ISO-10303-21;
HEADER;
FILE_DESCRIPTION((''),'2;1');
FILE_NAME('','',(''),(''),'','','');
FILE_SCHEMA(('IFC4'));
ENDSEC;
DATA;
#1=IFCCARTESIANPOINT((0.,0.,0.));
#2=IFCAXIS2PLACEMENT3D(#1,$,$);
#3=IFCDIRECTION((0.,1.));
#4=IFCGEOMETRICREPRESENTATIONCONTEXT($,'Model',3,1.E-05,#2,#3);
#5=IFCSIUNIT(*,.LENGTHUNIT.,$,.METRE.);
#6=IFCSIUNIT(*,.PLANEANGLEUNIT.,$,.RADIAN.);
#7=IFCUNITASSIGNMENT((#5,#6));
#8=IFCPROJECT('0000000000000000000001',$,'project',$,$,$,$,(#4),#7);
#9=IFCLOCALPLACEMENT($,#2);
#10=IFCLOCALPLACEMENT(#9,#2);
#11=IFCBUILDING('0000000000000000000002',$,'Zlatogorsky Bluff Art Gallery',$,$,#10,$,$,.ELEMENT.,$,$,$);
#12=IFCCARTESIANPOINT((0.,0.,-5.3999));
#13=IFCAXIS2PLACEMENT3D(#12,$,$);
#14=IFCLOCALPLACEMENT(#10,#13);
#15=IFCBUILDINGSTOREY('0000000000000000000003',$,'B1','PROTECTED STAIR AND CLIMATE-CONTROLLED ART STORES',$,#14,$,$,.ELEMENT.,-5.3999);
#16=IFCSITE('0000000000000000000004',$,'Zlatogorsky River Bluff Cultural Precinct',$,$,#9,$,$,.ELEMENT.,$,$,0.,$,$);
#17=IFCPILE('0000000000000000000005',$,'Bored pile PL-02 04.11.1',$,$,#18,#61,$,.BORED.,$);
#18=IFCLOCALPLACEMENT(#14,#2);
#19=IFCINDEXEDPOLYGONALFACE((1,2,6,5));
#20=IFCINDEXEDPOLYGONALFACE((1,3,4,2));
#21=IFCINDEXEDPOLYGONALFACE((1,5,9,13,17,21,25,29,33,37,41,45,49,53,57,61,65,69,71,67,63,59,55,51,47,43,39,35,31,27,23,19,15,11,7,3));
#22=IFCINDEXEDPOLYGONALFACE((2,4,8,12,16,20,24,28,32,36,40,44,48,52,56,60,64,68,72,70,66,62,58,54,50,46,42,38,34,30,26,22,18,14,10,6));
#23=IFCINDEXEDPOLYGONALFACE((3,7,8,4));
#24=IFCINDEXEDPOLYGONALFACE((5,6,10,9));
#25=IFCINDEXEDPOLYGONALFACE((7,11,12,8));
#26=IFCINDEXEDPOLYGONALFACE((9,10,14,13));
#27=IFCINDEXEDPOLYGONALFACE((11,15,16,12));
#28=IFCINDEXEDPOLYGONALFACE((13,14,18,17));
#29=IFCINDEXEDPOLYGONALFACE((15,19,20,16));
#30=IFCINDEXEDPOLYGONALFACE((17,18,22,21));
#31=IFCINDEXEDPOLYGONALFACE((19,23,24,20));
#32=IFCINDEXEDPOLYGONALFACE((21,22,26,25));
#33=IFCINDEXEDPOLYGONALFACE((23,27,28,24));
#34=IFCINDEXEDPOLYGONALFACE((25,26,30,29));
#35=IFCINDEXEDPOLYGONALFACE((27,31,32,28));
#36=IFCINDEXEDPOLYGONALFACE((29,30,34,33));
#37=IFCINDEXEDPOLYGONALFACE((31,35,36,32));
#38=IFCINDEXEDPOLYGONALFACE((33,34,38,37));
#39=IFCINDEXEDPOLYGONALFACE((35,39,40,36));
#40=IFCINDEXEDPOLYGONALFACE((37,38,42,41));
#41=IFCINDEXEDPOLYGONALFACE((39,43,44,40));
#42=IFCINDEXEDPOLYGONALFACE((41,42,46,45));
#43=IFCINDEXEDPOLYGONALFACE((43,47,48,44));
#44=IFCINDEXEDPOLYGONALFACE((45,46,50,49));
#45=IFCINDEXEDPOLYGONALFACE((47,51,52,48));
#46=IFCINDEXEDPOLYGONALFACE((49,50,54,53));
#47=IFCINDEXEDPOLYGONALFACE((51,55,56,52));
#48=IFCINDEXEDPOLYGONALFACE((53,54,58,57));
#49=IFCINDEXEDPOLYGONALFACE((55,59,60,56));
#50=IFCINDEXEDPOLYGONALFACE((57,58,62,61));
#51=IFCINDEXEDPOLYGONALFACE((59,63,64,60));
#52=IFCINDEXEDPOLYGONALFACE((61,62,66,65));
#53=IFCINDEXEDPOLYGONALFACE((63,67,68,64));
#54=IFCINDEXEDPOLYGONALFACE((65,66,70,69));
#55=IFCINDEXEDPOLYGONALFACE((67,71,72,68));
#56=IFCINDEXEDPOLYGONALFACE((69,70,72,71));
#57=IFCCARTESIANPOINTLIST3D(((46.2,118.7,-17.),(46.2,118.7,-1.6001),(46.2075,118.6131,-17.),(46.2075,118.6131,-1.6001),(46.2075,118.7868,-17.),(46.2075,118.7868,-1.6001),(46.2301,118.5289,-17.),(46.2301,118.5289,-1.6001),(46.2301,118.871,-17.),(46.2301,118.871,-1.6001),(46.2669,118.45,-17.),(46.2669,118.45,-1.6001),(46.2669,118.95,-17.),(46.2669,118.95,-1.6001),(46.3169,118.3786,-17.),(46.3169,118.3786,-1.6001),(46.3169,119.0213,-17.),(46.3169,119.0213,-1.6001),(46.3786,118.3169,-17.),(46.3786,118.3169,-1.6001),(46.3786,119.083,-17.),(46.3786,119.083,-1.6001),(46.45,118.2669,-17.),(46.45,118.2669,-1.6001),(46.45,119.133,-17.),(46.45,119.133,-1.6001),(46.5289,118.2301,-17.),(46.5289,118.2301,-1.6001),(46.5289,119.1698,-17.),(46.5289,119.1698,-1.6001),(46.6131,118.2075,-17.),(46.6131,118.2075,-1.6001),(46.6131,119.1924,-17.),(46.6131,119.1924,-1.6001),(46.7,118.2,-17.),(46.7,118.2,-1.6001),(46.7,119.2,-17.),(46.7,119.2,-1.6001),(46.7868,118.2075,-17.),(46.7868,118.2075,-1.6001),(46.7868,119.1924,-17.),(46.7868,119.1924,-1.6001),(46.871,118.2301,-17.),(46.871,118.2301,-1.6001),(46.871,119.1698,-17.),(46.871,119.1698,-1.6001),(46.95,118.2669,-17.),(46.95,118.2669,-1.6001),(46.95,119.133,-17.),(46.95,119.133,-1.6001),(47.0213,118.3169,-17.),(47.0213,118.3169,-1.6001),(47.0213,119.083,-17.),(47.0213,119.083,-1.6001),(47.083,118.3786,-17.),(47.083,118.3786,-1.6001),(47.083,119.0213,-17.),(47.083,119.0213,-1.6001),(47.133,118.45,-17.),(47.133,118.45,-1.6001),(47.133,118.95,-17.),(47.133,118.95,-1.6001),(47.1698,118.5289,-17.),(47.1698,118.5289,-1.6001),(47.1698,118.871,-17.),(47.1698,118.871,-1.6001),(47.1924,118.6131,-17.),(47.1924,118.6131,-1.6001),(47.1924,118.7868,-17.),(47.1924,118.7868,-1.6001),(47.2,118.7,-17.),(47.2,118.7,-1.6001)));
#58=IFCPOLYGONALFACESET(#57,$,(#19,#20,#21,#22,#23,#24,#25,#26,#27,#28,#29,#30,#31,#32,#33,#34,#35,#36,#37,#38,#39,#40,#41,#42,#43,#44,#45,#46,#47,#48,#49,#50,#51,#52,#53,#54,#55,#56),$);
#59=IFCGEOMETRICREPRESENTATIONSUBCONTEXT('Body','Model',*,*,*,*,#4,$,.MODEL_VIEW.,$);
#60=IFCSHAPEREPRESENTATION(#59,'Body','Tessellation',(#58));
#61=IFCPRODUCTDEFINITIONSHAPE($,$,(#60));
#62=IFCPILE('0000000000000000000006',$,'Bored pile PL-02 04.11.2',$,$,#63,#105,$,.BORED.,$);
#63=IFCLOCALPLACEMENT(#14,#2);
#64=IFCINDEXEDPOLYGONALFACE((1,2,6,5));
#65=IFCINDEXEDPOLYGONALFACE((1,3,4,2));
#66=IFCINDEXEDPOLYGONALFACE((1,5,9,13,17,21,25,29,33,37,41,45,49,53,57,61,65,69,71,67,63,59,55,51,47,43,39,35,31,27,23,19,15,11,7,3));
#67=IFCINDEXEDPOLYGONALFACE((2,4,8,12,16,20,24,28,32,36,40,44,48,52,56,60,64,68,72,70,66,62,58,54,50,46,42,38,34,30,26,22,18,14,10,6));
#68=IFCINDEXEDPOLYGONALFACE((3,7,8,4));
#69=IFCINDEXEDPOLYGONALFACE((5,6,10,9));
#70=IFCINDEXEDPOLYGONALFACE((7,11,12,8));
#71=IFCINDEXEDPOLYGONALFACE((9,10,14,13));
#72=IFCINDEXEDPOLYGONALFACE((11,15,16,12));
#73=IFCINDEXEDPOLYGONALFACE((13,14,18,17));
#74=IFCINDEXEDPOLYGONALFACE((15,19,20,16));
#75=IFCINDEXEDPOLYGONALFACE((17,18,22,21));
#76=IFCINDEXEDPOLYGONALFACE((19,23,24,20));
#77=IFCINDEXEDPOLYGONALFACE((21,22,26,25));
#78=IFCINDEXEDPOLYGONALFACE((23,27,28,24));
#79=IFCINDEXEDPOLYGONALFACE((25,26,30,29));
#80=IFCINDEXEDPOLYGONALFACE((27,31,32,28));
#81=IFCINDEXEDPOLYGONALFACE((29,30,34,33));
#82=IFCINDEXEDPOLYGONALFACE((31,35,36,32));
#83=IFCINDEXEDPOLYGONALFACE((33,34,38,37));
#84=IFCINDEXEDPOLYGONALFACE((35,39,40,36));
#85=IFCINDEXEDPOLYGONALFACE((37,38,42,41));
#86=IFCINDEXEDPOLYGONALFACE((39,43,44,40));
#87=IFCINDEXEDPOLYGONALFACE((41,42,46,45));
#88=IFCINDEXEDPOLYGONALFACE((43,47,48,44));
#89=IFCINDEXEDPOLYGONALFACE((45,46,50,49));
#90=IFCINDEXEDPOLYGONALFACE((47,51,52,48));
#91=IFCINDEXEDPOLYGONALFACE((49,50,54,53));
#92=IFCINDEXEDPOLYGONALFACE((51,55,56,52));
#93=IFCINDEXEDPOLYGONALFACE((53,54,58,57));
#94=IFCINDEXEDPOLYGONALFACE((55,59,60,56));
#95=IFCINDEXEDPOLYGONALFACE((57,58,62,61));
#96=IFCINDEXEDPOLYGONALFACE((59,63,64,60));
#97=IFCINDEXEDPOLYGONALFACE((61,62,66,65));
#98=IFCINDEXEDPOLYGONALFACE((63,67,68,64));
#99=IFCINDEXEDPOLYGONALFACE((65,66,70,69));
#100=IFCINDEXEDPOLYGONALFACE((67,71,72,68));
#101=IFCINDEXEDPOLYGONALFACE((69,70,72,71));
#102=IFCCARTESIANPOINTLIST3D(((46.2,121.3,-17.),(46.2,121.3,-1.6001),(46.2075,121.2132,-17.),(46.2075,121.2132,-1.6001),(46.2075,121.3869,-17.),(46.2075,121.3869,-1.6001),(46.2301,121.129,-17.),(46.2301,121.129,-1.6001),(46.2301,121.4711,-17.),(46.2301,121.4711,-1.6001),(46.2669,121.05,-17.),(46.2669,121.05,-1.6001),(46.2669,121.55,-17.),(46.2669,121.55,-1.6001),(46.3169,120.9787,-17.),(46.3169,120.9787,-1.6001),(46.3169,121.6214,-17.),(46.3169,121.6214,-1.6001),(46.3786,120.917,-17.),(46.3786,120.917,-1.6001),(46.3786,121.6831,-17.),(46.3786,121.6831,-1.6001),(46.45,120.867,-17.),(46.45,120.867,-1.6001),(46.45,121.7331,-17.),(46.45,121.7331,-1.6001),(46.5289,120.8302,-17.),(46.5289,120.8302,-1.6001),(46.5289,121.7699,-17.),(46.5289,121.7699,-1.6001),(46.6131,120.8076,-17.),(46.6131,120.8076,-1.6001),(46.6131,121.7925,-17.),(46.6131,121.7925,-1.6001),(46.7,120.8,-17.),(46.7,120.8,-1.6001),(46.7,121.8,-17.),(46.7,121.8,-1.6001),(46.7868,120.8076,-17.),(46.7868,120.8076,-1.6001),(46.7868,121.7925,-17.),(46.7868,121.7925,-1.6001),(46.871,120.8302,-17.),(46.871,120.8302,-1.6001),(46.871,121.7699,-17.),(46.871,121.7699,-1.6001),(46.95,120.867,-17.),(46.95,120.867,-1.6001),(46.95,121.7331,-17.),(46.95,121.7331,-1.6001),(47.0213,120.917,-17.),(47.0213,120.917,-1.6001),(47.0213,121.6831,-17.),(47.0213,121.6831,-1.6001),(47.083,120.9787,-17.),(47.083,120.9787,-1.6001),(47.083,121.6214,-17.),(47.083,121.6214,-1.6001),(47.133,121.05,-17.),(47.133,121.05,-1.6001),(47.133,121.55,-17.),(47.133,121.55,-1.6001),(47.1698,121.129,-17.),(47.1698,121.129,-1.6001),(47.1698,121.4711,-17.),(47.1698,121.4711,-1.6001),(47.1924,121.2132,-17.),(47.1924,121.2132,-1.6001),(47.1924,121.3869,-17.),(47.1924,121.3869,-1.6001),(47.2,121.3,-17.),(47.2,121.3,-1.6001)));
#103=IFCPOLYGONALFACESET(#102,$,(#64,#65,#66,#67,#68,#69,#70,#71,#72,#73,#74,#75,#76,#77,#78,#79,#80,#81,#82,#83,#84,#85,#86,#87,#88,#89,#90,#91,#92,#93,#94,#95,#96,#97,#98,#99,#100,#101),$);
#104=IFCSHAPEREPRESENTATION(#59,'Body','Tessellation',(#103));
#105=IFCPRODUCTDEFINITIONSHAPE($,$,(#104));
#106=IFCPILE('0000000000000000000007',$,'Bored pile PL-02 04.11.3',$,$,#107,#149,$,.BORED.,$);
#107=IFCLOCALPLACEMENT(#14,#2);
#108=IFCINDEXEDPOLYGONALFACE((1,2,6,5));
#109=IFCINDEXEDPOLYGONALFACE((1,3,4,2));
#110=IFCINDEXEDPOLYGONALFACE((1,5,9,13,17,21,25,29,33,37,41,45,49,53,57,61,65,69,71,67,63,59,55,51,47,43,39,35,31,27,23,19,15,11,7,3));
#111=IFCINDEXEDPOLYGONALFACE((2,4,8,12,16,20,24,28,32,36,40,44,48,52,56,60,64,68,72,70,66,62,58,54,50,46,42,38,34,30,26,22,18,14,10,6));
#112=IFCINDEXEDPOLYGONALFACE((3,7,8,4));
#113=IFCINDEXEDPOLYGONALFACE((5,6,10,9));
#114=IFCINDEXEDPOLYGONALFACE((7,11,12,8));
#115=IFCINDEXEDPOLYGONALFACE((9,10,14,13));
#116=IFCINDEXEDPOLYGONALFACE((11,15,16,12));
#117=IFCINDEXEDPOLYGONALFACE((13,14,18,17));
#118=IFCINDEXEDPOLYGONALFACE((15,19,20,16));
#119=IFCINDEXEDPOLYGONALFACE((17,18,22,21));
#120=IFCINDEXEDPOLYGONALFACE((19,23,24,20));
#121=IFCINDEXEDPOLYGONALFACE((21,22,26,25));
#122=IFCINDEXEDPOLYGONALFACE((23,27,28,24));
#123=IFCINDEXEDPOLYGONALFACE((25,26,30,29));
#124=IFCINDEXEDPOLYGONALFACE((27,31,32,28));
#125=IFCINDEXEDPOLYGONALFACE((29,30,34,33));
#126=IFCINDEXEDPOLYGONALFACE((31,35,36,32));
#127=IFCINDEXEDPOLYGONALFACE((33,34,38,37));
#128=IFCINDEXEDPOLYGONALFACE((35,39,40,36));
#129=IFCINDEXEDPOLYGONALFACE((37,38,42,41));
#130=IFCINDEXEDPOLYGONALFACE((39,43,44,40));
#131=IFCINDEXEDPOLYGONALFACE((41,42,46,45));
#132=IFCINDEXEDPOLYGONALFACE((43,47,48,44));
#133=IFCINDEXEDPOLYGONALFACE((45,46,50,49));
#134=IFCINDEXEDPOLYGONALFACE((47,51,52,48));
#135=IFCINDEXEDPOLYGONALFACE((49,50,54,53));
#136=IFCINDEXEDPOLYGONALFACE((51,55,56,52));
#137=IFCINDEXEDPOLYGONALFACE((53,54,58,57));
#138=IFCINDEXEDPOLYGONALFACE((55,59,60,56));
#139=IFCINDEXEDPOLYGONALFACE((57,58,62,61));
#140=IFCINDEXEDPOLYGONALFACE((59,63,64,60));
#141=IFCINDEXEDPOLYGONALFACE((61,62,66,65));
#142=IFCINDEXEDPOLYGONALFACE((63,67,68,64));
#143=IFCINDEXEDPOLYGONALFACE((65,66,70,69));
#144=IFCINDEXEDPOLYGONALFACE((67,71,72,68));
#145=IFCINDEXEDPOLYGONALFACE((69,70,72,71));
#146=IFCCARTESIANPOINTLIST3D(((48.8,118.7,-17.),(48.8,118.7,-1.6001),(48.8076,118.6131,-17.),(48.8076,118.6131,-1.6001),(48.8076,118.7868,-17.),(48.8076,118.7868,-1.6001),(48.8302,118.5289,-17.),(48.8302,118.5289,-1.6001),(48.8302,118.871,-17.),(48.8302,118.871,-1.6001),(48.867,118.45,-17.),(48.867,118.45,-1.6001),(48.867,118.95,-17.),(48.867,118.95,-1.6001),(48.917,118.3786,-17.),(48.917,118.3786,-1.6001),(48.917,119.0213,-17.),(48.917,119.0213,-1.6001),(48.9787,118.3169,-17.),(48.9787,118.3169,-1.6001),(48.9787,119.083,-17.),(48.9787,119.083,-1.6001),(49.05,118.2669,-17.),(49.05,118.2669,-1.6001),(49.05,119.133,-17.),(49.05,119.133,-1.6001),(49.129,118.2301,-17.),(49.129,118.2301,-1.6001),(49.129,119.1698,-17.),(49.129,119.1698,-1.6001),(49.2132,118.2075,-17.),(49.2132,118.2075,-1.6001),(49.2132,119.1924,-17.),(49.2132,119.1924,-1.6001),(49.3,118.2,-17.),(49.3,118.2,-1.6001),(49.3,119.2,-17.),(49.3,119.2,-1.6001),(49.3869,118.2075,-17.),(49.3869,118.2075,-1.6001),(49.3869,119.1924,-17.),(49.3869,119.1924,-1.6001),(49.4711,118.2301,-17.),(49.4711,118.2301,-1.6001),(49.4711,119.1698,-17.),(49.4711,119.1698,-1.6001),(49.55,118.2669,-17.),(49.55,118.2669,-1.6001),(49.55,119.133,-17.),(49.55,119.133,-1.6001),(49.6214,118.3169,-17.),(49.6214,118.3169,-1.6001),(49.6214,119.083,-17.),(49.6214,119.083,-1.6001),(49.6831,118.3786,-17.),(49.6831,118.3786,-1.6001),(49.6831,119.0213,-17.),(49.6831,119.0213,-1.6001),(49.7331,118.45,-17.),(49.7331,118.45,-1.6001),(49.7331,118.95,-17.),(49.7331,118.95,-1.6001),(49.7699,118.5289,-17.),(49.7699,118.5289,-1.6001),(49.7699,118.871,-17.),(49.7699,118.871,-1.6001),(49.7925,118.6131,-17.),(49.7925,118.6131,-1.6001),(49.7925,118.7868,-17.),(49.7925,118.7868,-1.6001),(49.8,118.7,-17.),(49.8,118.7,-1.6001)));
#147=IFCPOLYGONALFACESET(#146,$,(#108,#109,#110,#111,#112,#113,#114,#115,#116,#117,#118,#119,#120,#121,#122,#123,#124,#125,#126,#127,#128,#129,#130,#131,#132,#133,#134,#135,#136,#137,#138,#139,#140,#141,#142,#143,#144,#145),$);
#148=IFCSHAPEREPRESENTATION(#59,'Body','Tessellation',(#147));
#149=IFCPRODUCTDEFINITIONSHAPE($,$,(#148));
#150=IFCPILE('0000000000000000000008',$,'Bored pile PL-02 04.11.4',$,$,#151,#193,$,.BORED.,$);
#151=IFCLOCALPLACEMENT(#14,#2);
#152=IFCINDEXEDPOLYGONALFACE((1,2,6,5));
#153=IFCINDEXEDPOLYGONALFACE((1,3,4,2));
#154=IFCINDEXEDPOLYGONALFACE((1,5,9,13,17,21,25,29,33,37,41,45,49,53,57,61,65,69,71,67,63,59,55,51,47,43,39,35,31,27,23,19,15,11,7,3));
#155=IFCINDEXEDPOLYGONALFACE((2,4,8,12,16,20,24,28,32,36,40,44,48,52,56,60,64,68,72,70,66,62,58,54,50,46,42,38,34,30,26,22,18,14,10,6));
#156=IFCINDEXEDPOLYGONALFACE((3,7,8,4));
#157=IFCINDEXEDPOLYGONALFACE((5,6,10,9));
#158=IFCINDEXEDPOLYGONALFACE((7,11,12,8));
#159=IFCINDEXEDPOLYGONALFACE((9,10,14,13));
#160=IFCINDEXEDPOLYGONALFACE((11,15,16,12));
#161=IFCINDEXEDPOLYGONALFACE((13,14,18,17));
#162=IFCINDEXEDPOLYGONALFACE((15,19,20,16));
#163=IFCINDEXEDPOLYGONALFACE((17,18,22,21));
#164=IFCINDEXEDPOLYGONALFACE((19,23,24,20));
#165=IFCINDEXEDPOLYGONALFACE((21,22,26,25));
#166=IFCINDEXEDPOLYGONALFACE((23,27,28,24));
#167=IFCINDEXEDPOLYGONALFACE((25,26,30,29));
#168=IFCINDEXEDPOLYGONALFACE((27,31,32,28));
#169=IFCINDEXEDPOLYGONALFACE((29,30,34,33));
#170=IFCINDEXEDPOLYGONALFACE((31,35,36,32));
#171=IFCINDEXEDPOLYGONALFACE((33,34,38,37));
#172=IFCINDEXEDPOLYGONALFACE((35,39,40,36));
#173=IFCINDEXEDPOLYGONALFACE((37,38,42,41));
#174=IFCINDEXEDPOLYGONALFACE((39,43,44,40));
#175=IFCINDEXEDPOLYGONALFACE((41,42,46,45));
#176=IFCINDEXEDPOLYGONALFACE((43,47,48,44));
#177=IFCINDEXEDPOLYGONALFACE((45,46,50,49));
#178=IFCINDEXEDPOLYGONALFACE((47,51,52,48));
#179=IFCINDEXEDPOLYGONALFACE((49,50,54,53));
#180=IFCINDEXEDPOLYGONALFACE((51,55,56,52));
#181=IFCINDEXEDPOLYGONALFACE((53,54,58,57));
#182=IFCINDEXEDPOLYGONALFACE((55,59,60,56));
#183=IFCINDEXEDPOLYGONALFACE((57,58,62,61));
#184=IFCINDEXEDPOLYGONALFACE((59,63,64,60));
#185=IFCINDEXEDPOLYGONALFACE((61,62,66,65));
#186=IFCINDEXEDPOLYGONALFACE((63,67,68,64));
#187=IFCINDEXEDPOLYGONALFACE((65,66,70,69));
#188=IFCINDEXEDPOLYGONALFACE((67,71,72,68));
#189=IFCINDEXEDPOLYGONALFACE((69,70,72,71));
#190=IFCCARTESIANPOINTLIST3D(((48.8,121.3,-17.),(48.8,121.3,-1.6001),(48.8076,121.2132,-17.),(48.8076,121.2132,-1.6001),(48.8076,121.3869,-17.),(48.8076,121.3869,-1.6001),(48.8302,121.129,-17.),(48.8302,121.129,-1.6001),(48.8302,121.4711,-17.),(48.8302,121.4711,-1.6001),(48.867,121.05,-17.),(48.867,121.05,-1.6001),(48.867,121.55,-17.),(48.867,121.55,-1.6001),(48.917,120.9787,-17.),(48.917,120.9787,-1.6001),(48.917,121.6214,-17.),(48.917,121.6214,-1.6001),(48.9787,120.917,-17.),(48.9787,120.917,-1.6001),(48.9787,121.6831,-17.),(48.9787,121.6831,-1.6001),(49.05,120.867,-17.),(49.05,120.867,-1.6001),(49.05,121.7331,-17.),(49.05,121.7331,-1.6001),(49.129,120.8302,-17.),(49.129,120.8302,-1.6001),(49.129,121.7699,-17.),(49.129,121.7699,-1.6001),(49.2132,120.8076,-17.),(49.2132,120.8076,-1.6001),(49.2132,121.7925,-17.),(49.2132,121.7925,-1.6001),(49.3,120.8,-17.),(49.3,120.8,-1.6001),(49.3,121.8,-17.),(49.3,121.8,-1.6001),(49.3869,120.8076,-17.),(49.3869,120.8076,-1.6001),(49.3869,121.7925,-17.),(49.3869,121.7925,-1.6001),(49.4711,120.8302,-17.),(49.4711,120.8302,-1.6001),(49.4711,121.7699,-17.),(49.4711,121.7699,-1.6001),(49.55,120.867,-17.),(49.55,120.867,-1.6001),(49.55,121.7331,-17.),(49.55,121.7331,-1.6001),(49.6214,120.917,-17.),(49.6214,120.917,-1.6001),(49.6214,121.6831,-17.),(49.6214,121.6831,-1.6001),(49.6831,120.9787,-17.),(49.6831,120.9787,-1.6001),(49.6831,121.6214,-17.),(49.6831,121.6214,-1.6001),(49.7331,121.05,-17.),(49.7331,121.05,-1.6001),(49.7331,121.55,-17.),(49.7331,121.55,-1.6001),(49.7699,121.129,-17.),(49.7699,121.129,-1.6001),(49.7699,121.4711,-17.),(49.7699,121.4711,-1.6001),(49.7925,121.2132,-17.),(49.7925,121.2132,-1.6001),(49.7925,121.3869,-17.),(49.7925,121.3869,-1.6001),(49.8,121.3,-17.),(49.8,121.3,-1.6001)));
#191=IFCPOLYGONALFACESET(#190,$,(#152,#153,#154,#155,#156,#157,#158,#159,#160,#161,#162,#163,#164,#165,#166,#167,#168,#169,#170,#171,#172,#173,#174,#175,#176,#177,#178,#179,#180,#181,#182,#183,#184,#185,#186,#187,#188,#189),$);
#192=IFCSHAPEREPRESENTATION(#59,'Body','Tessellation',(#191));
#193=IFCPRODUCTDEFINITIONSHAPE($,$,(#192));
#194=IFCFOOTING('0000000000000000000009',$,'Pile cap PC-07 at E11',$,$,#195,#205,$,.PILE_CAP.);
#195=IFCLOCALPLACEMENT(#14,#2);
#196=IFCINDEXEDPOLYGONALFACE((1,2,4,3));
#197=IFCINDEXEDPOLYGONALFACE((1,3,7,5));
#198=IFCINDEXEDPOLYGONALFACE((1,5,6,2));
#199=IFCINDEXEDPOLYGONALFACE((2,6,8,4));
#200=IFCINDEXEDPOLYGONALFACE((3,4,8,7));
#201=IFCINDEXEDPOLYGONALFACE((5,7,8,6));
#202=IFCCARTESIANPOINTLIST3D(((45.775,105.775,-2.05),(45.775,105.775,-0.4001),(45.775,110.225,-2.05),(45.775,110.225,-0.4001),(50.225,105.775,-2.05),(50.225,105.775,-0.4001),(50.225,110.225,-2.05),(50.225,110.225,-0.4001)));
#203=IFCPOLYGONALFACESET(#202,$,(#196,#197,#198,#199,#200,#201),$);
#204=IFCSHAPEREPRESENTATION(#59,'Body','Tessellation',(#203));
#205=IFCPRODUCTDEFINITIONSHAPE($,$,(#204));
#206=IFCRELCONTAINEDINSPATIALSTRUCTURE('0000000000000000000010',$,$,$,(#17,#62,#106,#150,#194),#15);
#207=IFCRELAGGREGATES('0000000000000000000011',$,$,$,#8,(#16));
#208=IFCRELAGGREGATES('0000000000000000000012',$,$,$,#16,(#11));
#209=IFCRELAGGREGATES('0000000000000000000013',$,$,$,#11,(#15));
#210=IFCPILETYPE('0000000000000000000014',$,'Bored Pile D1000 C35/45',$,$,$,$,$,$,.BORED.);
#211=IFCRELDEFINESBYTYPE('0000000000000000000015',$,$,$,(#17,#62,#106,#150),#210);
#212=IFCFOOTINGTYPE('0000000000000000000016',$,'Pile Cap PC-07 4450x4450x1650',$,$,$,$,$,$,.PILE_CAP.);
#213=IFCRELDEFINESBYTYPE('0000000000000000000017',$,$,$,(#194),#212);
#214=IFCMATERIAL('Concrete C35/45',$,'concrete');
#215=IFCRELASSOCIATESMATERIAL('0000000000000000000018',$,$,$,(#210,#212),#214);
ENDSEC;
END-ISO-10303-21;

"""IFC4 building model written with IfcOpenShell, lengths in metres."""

from ifc_helpers import new_model, si_unit, direction, frame, origin, origin_2d, place, context, subcontext, project, spatial, rectangle, circle, extrude, material, material_profile, profile_set, type_object, element, save


model = new_model("IFC4")

# Units and contexts
model_context = context("Model", 3, precision=1e-05, world=origin(), true_north=direction((0.0, 1.0)))
body_context = subcontext(model_context, "Body", "Model", "MODEL_VIEW")
ifc_project = project(units=[si_unit("LENGTHUNIT", "METRE"), si_unit("PLANEANGLEUNIT", "RADIAN")], contexts=[model_context])

# Site, building, storey
site_placement = place(None, origin())
site = spatial("IfcSite", under=ifc_project, at=site_placement, Name="Zlatogorsky River Bluff Cultural Precinct", CompositionType="ELEMENT", RefElevation=0.0)
building_placement = place(site_placement, origin())
building = spatial("IfcBuilding", under=site, at=building_placement, Name="Zlatogorsky Bluff Art Gallery", CompositionType="ELEMENT")
storey_placement = place(building_placement, frame((0.0, 0.0, -5.3999)))
storey = spatial("IfcBuildingStorey", under=building, at=storey_placement, Name="B1", Description="PROTECTED STAIR AND CLIMATE-CONTROLLED ART STORES", CompositionType="ELEMENT", Elevation=-5.3999)

# Piles
ifc_material_1 = material(Name="Concrete C35/45", Category="concrete")
ifc_material_profile_1 = material_profile(ifc_material_1, circle(Radius=0.5, at=origin_2d()), Name="BORED PILE D1000")
ifc_profile_set_1 = profile_set([ifc_material_profile_1], Name="Concrete C35/45")
pile_type = type_object("IfcPileType", Name="Bored Pile D1000 C35/45", PredefinedType="BORED", material=ifc_profile_set_1)
for number, where, z_axis, x_axis, name in (
    (1, (46.7, 118.7, -1.6001), (0.0, 0.0, -1.0), (1.0, 0.0, 0.0), "Bored pile PL-02 04.11.1"),
    (2, (46.7, 121.3, -1.6001), (0.0, 0.0, -1.0), (1.0, 0.0, 0.0), "Bored pile PL-02 04.11.2"),
    (3, (49.3, 118.7, -1.6001), (0.0, 0.0, -1.0), (1.0, 0.0, 0.0), "Bored pile PL-02 04.11.3"),
    (4, (49.3, 121.3, -1.6001), (0.0, 0.0, -1.0), (1.0, 0.0, 0.0), "Bored pile PL-02 04.11.4"),
):
    element("IfcPile", number, at=place(storey_placement, frame(where, z_axis=z_axis, x_axis=x_axis)), inside=storey, type_object=pile_type, Name=name, PredefinedType="BORED", context=body_context, shape_type="SweptSolid", body=[
        extrude(circle(Radius=0.5, at=origin_2d()), origin(), (0.0, 0.0, 1.0), 15.3999),
    ])

# Footing
footing_type_1 = type_object("IfcFootingType", Name="Pile Cap PC-07 4450x4450x1650", PredefinedType="PILE_CAP", material=ifc_material_1)
footing_1_placement = place(storey_placement, frame((48.0, 108.0, -2.05), z_axis=(0.0, 0.0, 1.0), x_axis=(1.0, 0.0, 0.0)))
element("IfcFooting", 5, at=footing_1_placement, inside=storey, type_object=footing_type_1, Name="Pile cap PC-07 at E11", PredefinedType="PILE_CAP", context=body_context, shape_type="SweptSolid", body=[
    extrude(rectangle(XDim=4.45, YDim=4.45, at=origin_2d()), origin(), (0.0, 0.0, 1.0), 1.6499),
])

save(model, "model.ifc")
